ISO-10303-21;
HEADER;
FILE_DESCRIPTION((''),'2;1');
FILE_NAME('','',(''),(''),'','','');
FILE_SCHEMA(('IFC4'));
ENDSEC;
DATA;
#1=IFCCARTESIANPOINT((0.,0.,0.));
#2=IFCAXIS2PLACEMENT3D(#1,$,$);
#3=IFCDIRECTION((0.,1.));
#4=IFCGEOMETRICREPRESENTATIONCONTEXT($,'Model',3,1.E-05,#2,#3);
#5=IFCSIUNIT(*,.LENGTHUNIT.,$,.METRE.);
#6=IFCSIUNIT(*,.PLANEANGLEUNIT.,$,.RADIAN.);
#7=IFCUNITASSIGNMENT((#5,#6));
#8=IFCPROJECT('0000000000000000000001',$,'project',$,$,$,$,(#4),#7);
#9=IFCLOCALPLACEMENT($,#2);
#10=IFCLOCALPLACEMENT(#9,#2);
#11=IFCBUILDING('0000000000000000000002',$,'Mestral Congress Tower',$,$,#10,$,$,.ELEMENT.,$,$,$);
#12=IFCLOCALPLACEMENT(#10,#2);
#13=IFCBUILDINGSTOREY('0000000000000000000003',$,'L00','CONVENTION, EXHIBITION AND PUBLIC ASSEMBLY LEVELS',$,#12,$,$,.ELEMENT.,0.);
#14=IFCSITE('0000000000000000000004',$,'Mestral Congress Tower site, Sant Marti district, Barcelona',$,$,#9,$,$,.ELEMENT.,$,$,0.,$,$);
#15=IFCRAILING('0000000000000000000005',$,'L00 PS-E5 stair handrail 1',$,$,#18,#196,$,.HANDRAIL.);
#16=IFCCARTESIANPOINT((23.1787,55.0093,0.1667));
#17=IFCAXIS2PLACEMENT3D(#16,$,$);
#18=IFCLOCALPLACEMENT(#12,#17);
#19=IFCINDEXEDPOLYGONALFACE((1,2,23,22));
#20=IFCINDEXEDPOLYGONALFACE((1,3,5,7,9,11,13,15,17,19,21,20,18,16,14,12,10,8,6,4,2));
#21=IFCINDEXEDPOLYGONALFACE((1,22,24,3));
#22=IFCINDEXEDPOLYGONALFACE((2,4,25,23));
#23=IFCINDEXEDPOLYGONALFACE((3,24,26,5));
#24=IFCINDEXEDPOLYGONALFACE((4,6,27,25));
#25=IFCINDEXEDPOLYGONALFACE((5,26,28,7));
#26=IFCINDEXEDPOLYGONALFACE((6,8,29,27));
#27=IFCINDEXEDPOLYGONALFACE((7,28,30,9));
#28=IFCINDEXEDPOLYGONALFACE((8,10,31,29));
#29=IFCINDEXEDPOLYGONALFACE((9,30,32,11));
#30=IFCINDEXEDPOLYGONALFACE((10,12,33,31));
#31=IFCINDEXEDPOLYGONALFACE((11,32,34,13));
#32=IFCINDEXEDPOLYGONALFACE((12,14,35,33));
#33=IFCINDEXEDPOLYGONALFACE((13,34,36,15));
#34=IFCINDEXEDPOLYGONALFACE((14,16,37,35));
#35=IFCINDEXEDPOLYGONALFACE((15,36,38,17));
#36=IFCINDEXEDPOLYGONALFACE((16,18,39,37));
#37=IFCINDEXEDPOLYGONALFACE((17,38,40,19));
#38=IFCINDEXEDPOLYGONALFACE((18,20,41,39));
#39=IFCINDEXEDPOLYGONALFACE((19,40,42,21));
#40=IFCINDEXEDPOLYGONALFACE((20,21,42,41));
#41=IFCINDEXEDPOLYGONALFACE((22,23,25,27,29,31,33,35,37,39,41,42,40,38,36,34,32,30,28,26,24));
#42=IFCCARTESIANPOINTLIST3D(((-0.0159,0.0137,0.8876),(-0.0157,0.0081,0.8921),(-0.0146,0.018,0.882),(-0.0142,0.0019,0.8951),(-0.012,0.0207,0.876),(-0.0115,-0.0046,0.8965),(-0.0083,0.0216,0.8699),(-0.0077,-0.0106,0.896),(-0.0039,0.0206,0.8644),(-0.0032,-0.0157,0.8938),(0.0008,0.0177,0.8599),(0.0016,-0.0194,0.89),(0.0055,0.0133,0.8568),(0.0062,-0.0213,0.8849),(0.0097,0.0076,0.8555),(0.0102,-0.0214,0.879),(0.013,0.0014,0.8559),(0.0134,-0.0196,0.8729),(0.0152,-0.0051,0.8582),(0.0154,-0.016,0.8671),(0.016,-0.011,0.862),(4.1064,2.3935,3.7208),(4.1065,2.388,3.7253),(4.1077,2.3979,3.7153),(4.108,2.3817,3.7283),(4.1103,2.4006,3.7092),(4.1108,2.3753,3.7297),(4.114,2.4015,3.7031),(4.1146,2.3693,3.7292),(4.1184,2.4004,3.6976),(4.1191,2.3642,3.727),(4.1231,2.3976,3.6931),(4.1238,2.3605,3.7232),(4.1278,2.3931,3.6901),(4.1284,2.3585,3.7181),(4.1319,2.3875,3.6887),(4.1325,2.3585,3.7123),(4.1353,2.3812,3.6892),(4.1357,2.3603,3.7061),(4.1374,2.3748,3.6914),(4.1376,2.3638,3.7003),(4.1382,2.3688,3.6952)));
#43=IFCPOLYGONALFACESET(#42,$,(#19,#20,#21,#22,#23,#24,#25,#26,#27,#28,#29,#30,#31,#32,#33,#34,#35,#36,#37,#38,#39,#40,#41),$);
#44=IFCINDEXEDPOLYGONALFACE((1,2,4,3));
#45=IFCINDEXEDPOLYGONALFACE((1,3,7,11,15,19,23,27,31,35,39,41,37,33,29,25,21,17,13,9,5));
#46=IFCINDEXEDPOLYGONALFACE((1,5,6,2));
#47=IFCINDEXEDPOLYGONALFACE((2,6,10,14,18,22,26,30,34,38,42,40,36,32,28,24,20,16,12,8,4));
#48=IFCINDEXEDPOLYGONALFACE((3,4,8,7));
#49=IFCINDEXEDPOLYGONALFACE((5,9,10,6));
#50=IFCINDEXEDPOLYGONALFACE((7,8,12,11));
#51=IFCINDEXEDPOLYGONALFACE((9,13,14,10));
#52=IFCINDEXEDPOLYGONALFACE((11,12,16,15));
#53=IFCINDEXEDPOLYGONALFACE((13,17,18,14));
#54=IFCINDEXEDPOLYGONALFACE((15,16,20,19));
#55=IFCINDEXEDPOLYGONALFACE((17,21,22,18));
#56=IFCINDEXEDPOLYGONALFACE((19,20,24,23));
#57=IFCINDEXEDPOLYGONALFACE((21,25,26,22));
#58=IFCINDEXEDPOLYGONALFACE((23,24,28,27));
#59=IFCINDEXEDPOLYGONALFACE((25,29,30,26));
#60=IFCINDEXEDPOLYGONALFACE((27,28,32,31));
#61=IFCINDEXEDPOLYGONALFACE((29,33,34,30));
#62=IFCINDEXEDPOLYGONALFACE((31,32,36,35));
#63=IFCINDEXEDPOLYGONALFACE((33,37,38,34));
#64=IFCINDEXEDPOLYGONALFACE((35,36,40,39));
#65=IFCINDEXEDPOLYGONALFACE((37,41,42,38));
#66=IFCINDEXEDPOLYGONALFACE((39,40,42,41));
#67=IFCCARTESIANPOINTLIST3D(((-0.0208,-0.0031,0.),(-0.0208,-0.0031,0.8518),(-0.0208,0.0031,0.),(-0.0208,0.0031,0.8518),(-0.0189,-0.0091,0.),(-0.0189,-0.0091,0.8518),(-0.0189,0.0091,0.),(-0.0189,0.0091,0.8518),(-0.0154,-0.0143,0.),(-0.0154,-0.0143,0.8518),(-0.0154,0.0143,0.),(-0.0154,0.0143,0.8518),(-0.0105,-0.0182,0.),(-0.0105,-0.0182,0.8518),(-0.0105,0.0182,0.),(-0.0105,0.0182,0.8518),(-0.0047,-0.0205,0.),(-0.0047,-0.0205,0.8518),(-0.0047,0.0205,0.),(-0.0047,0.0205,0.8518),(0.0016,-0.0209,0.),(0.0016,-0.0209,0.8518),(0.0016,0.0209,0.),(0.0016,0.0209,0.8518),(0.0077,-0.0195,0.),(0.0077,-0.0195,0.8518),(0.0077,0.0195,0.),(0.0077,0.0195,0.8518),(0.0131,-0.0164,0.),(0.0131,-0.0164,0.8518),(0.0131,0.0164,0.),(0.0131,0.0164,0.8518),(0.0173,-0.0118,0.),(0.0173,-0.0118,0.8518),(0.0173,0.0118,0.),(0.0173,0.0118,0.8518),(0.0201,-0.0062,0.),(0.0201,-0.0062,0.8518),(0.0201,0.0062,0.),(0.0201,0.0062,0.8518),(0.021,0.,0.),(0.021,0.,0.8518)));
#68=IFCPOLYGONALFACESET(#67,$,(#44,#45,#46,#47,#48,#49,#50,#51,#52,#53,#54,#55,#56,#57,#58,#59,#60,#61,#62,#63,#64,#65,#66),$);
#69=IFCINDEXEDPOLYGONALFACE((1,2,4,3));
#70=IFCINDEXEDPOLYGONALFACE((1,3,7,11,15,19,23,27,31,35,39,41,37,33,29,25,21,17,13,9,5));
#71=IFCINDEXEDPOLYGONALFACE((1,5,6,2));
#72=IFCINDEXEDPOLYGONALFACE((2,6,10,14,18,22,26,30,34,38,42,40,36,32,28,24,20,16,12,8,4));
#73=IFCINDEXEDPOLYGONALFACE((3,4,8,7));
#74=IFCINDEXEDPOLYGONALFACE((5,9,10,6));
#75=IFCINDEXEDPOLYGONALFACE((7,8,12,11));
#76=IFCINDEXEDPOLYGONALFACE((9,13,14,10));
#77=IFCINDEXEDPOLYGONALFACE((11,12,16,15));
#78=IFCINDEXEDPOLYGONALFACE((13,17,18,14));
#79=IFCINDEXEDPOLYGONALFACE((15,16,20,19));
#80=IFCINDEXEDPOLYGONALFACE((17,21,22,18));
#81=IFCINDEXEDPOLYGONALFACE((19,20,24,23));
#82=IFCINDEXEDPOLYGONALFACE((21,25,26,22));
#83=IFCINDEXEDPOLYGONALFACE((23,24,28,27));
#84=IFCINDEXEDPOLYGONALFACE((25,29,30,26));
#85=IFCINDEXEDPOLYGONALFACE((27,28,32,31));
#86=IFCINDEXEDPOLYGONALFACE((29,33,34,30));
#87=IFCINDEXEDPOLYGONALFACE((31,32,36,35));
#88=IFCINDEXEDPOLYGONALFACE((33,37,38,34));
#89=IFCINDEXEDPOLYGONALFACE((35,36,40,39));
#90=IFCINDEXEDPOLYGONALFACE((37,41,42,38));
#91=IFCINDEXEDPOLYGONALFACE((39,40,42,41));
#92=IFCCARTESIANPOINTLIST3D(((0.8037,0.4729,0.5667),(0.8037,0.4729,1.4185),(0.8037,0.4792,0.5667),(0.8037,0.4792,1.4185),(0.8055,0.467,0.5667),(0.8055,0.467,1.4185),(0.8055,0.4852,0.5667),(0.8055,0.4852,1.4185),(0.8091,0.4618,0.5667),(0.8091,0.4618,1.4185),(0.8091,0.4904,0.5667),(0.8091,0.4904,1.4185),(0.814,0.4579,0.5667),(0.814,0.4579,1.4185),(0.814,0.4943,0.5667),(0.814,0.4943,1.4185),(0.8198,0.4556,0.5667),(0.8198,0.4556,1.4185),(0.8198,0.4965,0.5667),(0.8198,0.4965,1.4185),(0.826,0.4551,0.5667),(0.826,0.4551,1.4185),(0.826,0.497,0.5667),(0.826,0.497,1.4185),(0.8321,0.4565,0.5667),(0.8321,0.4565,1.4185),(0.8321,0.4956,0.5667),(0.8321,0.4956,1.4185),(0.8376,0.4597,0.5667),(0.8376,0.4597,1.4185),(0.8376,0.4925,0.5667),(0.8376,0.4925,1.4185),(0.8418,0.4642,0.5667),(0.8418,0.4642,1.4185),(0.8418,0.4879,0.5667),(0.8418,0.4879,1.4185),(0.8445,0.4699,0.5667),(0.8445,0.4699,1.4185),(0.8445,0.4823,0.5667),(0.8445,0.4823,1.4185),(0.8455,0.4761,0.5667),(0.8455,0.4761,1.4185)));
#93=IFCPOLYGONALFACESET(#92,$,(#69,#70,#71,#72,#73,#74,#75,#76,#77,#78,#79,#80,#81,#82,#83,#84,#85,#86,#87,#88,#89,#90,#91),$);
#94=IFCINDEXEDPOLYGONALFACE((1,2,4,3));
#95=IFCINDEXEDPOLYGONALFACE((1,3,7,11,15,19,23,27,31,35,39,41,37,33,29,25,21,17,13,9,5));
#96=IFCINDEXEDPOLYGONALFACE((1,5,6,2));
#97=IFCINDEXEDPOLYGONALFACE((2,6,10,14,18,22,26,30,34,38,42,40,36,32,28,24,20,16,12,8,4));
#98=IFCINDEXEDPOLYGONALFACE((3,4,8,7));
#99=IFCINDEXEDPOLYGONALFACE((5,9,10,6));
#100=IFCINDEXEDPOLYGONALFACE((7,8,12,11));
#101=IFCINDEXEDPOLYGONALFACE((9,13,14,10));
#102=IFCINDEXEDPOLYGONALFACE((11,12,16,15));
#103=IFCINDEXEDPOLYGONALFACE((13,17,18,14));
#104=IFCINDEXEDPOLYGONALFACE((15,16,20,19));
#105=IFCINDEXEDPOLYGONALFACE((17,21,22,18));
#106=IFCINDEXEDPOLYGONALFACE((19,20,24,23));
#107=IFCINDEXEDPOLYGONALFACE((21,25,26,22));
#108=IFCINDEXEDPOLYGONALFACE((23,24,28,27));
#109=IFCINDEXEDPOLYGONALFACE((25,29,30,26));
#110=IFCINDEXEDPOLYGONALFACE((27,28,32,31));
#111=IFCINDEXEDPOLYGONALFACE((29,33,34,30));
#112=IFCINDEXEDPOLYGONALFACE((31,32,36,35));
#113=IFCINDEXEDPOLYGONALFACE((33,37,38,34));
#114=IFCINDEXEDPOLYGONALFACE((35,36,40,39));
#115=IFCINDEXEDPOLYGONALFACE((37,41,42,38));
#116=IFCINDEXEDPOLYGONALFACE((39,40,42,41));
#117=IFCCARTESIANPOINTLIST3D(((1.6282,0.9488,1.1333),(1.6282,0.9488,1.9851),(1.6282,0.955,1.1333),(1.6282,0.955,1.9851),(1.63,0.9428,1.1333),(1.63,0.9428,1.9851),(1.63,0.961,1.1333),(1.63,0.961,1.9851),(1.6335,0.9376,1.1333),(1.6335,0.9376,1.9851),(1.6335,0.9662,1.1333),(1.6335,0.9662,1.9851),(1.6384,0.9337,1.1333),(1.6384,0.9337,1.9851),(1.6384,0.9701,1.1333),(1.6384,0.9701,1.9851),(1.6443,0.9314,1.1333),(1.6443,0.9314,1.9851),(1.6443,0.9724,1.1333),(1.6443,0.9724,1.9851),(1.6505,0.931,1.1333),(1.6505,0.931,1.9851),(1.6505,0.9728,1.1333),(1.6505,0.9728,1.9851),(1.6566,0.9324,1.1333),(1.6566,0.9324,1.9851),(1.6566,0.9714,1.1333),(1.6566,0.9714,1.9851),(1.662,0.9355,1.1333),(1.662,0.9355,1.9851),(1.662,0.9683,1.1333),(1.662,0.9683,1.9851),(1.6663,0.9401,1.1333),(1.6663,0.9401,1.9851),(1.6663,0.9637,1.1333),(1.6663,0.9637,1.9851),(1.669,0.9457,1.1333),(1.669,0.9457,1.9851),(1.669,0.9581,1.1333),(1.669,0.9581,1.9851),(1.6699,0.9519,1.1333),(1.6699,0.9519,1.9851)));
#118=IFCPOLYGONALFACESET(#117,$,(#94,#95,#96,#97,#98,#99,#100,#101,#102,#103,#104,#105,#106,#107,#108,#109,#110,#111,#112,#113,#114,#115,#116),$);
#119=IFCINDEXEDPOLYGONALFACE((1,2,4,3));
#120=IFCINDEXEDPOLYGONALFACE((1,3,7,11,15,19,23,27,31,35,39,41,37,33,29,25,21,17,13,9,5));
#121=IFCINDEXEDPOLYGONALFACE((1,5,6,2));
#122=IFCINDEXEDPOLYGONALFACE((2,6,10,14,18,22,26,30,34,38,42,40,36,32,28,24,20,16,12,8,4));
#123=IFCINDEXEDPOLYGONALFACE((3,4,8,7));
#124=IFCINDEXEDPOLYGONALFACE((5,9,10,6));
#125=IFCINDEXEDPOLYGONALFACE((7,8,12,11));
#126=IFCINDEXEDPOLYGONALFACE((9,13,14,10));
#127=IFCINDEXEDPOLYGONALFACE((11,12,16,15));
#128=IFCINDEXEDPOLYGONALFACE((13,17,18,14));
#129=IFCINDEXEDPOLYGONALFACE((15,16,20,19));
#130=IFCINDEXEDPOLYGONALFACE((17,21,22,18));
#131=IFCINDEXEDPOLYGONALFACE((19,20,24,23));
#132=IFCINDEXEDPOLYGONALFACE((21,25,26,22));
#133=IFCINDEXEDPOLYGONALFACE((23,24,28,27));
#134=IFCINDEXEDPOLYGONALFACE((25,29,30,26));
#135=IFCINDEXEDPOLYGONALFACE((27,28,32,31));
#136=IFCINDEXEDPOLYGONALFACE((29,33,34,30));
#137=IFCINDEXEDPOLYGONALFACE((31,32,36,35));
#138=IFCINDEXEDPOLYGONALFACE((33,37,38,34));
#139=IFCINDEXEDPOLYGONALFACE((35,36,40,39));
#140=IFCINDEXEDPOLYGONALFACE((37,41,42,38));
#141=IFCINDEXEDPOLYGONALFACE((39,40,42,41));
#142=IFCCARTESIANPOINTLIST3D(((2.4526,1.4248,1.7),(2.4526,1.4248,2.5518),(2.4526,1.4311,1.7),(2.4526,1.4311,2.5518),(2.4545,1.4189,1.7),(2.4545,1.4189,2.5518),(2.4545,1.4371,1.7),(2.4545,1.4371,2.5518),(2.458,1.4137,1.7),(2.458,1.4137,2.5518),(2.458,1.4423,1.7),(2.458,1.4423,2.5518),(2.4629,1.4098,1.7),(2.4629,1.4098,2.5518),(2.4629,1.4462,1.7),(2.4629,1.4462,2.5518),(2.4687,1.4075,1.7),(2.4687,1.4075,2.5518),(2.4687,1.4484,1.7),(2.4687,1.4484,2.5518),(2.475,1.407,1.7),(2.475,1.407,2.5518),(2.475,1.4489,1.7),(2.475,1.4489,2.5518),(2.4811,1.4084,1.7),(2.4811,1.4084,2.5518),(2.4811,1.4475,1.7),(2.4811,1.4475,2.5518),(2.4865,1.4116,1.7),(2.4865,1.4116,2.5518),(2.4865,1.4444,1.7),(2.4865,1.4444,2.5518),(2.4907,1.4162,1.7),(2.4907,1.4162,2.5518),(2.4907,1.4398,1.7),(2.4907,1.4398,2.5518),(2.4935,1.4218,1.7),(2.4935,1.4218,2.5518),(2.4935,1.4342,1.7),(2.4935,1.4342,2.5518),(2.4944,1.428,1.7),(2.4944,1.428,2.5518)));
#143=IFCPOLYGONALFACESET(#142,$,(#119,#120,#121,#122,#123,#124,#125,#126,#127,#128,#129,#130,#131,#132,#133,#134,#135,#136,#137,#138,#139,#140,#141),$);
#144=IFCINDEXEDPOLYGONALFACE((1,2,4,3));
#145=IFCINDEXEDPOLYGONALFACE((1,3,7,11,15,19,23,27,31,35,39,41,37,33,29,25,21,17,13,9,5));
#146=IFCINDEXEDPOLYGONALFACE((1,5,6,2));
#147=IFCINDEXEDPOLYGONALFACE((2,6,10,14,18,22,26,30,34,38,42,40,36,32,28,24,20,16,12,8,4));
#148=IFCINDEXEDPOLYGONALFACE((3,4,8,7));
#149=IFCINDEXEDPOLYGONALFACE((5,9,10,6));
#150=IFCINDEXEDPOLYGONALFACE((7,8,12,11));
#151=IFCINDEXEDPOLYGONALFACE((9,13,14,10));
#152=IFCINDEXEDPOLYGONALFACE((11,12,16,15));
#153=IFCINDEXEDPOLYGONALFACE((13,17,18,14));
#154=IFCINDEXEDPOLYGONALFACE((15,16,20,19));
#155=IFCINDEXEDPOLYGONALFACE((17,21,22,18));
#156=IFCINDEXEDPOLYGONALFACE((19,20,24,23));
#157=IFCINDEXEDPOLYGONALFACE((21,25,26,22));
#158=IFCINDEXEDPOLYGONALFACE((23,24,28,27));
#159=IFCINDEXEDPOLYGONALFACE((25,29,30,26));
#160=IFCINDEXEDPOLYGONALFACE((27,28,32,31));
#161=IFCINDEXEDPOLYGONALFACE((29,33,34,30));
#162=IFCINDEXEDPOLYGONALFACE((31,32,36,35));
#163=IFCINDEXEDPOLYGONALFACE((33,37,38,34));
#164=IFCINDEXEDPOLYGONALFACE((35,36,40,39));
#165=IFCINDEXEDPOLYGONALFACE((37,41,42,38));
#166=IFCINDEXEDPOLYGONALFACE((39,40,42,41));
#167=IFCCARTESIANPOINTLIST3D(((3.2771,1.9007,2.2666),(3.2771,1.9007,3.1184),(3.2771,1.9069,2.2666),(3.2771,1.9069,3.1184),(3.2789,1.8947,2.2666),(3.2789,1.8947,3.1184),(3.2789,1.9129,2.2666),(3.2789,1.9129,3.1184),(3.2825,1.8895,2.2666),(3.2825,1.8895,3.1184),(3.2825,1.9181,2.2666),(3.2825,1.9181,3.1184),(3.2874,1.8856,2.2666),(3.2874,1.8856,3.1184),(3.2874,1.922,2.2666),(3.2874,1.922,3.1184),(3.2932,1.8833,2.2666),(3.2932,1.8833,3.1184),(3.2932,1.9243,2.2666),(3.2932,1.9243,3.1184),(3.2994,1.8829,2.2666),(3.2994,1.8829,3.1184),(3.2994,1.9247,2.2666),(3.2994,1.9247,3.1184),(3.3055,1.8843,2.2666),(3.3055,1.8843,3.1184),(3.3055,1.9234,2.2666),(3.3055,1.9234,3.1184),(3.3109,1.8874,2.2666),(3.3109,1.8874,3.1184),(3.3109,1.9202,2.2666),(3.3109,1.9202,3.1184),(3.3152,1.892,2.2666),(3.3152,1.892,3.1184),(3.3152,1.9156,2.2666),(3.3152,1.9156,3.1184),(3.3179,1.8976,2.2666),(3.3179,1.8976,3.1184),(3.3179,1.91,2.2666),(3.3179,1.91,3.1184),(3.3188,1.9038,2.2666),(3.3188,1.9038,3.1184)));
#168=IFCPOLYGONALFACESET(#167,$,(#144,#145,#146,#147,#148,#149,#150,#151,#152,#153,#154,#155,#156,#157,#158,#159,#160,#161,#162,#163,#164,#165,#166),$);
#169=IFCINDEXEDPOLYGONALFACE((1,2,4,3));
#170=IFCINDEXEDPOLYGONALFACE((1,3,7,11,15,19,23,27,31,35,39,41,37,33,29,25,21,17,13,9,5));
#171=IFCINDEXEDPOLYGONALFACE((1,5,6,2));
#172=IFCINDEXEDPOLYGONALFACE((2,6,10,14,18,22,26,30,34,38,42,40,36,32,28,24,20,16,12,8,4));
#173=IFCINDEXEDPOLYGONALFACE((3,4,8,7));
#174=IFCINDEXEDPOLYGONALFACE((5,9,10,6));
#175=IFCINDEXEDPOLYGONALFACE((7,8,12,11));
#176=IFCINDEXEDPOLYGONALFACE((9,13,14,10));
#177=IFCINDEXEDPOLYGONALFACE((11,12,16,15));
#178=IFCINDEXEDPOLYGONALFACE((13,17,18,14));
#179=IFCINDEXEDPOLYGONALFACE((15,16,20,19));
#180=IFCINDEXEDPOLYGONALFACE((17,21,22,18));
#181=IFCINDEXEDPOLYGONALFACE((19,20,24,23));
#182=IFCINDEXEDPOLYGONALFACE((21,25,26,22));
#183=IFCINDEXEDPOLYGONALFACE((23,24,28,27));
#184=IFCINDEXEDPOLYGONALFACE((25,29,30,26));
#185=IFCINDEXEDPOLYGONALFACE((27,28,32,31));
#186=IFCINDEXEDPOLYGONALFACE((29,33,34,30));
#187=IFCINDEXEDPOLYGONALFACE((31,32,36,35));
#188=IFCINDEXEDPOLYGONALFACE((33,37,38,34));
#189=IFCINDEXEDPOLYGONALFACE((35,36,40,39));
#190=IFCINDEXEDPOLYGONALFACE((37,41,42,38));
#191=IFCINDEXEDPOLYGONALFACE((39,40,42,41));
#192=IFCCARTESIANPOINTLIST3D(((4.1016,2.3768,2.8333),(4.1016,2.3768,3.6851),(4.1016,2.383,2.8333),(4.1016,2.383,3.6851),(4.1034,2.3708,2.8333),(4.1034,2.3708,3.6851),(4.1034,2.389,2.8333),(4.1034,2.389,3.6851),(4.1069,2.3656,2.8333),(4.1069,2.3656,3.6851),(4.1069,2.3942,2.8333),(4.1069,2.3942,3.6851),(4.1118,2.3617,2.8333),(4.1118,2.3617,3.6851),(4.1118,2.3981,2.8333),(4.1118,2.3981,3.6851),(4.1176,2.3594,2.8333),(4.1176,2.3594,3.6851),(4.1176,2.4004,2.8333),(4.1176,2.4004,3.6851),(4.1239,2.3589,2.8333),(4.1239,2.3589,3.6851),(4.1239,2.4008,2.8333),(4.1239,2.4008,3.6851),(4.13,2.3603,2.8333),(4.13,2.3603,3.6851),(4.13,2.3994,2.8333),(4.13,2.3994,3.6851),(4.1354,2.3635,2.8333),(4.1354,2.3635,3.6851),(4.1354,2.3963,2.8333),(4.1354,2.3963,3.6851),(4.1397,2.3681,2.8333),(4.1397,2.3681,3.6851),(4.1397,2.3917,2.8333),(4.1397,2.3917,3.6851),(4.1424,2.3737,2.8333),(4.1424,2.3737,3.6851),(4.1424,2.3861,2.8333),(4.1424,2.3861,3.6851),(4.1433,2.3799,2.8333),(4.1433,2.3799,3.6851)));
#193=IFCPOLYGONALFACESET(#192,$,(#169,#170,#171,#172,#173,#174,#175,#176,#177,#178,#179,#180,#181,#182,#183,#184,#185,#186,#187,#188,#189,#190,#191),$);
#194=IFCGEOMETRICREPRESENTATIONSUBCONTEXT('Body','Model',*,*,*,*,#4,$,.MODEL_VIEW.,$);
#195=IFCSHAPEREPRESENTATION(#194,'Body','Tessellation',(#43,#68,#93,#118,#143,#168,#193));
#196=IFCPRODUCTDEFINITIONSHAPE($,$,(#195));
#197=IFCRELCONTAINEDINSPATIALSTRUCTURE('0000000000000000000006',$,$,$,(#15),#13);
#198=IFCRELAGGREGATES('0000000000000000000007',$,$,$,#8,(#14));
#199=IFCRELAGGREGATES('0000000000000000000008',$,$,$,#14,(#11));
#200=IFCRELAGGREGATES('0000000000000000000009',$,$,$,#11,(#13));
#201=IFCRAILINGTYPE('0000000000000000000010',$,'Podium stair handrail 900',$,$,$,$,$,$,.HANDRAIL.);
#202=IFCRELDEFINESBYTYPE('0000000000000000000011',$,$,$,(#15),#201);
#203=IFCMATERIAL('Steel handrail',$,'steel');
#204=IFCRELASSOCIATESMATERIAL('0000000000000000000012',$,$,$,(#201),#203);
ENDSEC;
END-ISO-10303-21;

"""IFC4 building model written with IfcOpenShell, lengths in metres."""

from ifc_helpers import new_model, si_unit, direction, frame, origin, origin_2d, place, context, subcontext, project, spatial, circle, extrude, material, type_object, element, save


model = new_model("IFC4")

# Units and contexts
model_context = context("Model", 3, precision=1e-05, world=origin(), true_north=direction((0.0, 1.0)))
body_context = subcontext(model_context, "Body", "Model", "MODEL_VIEW")
ifc_project = project(units=[si_unit("LENGTHUNIT", "METRE"), si_unit("PLANEANGLEUNIT", "RADIAN")], contexts=[model_context])

# Site, building, storey
site_placement = place(None, origin())
site = spatial("IfcSite", under=ifc_project, at=site_placement, Name="Mestral Congress Tower site, Sant Marti district, Barcelona", CompositionType="ELEMENT", RefElevation=0.0)
building_placement = place(site_placement, origin())
building = spatial("IfcBuilding", under=site, at=building_placement, Name="Mestral Congress Tower", CompositionType="ELEMENT")
storey_placement = place(building_placement, origin())
storey = spatial("IfcBuildingStorey", under=building, at=storey_placement, Name="L00", Description="CONVENTION, EXHIBITION AND PUBLIC ASSEMBLY LEVELS", CompositionType="ELEMENT", Elevation=0.0)

# Railing
ifc_material_1 = material(Name="Steel handrail", Category="steel")
railing_type = type_object("IfcRailingType", Name="Podium stair handrail 900", PredefinedType="HANDRAIL", material=ifc_material_1)
railing_placement = place(storey_placement, frame((23.1787, 55.0093, 0.1667)))
element("IfcRailing", 1, at=railing_placement, inside=storey, type_object=railing_type, Name="L00 PS-E5 stair handrail 1", PredefinedType="HANDRAIL", context=body_context, shape_type="SweptSolid", body=[
    extrude(circle(Radius=0.0239, at=origin_2d()), frame((0.0, 0.0, 0.876), z_axis=(0.744185, 0.42963, 0.511475), x_axis=(-0.499978, 0.866038, 0.0)), (0.0, 0.0, 1.0), 5.5393),
    extrude(circle(Radius=0.021, at=origin_2d()), origin(), (0.0, 0.0, 1.0), 0.8518),
    extrude(circle(Radius=0.021, at=origin_2d()), frame((0.8245, 0.4761, 0.5667)), (0.0, 0.0, 1.0), 0.8518),
    extrude(circle(Radius=0.021, at=origin_2d()), frame((1.6489, 0.9519, 1.1333)), (0.0, 0.0, 1.0), 0.8518),
    extrude(circle(Radius=0.021, at=origin_2d()), frame((2.4734, 1.428, 1.7)), (0.0, 0.0, 1.0), 0.8518),
    extrude(circle(Radius=0.021, at=origin_2d()), frame((3.2979, 1.9038, 2.2666)), (0.0, 0.0, 1.0), 0.8518),
    extrude(circle(Radius=0.021, at=origin_2d()), frame((4.1223, 2.3799, 2.8333)), (0.0, 0.0, 1.0), 0.8518),
])

save(model, "model.ifc")
